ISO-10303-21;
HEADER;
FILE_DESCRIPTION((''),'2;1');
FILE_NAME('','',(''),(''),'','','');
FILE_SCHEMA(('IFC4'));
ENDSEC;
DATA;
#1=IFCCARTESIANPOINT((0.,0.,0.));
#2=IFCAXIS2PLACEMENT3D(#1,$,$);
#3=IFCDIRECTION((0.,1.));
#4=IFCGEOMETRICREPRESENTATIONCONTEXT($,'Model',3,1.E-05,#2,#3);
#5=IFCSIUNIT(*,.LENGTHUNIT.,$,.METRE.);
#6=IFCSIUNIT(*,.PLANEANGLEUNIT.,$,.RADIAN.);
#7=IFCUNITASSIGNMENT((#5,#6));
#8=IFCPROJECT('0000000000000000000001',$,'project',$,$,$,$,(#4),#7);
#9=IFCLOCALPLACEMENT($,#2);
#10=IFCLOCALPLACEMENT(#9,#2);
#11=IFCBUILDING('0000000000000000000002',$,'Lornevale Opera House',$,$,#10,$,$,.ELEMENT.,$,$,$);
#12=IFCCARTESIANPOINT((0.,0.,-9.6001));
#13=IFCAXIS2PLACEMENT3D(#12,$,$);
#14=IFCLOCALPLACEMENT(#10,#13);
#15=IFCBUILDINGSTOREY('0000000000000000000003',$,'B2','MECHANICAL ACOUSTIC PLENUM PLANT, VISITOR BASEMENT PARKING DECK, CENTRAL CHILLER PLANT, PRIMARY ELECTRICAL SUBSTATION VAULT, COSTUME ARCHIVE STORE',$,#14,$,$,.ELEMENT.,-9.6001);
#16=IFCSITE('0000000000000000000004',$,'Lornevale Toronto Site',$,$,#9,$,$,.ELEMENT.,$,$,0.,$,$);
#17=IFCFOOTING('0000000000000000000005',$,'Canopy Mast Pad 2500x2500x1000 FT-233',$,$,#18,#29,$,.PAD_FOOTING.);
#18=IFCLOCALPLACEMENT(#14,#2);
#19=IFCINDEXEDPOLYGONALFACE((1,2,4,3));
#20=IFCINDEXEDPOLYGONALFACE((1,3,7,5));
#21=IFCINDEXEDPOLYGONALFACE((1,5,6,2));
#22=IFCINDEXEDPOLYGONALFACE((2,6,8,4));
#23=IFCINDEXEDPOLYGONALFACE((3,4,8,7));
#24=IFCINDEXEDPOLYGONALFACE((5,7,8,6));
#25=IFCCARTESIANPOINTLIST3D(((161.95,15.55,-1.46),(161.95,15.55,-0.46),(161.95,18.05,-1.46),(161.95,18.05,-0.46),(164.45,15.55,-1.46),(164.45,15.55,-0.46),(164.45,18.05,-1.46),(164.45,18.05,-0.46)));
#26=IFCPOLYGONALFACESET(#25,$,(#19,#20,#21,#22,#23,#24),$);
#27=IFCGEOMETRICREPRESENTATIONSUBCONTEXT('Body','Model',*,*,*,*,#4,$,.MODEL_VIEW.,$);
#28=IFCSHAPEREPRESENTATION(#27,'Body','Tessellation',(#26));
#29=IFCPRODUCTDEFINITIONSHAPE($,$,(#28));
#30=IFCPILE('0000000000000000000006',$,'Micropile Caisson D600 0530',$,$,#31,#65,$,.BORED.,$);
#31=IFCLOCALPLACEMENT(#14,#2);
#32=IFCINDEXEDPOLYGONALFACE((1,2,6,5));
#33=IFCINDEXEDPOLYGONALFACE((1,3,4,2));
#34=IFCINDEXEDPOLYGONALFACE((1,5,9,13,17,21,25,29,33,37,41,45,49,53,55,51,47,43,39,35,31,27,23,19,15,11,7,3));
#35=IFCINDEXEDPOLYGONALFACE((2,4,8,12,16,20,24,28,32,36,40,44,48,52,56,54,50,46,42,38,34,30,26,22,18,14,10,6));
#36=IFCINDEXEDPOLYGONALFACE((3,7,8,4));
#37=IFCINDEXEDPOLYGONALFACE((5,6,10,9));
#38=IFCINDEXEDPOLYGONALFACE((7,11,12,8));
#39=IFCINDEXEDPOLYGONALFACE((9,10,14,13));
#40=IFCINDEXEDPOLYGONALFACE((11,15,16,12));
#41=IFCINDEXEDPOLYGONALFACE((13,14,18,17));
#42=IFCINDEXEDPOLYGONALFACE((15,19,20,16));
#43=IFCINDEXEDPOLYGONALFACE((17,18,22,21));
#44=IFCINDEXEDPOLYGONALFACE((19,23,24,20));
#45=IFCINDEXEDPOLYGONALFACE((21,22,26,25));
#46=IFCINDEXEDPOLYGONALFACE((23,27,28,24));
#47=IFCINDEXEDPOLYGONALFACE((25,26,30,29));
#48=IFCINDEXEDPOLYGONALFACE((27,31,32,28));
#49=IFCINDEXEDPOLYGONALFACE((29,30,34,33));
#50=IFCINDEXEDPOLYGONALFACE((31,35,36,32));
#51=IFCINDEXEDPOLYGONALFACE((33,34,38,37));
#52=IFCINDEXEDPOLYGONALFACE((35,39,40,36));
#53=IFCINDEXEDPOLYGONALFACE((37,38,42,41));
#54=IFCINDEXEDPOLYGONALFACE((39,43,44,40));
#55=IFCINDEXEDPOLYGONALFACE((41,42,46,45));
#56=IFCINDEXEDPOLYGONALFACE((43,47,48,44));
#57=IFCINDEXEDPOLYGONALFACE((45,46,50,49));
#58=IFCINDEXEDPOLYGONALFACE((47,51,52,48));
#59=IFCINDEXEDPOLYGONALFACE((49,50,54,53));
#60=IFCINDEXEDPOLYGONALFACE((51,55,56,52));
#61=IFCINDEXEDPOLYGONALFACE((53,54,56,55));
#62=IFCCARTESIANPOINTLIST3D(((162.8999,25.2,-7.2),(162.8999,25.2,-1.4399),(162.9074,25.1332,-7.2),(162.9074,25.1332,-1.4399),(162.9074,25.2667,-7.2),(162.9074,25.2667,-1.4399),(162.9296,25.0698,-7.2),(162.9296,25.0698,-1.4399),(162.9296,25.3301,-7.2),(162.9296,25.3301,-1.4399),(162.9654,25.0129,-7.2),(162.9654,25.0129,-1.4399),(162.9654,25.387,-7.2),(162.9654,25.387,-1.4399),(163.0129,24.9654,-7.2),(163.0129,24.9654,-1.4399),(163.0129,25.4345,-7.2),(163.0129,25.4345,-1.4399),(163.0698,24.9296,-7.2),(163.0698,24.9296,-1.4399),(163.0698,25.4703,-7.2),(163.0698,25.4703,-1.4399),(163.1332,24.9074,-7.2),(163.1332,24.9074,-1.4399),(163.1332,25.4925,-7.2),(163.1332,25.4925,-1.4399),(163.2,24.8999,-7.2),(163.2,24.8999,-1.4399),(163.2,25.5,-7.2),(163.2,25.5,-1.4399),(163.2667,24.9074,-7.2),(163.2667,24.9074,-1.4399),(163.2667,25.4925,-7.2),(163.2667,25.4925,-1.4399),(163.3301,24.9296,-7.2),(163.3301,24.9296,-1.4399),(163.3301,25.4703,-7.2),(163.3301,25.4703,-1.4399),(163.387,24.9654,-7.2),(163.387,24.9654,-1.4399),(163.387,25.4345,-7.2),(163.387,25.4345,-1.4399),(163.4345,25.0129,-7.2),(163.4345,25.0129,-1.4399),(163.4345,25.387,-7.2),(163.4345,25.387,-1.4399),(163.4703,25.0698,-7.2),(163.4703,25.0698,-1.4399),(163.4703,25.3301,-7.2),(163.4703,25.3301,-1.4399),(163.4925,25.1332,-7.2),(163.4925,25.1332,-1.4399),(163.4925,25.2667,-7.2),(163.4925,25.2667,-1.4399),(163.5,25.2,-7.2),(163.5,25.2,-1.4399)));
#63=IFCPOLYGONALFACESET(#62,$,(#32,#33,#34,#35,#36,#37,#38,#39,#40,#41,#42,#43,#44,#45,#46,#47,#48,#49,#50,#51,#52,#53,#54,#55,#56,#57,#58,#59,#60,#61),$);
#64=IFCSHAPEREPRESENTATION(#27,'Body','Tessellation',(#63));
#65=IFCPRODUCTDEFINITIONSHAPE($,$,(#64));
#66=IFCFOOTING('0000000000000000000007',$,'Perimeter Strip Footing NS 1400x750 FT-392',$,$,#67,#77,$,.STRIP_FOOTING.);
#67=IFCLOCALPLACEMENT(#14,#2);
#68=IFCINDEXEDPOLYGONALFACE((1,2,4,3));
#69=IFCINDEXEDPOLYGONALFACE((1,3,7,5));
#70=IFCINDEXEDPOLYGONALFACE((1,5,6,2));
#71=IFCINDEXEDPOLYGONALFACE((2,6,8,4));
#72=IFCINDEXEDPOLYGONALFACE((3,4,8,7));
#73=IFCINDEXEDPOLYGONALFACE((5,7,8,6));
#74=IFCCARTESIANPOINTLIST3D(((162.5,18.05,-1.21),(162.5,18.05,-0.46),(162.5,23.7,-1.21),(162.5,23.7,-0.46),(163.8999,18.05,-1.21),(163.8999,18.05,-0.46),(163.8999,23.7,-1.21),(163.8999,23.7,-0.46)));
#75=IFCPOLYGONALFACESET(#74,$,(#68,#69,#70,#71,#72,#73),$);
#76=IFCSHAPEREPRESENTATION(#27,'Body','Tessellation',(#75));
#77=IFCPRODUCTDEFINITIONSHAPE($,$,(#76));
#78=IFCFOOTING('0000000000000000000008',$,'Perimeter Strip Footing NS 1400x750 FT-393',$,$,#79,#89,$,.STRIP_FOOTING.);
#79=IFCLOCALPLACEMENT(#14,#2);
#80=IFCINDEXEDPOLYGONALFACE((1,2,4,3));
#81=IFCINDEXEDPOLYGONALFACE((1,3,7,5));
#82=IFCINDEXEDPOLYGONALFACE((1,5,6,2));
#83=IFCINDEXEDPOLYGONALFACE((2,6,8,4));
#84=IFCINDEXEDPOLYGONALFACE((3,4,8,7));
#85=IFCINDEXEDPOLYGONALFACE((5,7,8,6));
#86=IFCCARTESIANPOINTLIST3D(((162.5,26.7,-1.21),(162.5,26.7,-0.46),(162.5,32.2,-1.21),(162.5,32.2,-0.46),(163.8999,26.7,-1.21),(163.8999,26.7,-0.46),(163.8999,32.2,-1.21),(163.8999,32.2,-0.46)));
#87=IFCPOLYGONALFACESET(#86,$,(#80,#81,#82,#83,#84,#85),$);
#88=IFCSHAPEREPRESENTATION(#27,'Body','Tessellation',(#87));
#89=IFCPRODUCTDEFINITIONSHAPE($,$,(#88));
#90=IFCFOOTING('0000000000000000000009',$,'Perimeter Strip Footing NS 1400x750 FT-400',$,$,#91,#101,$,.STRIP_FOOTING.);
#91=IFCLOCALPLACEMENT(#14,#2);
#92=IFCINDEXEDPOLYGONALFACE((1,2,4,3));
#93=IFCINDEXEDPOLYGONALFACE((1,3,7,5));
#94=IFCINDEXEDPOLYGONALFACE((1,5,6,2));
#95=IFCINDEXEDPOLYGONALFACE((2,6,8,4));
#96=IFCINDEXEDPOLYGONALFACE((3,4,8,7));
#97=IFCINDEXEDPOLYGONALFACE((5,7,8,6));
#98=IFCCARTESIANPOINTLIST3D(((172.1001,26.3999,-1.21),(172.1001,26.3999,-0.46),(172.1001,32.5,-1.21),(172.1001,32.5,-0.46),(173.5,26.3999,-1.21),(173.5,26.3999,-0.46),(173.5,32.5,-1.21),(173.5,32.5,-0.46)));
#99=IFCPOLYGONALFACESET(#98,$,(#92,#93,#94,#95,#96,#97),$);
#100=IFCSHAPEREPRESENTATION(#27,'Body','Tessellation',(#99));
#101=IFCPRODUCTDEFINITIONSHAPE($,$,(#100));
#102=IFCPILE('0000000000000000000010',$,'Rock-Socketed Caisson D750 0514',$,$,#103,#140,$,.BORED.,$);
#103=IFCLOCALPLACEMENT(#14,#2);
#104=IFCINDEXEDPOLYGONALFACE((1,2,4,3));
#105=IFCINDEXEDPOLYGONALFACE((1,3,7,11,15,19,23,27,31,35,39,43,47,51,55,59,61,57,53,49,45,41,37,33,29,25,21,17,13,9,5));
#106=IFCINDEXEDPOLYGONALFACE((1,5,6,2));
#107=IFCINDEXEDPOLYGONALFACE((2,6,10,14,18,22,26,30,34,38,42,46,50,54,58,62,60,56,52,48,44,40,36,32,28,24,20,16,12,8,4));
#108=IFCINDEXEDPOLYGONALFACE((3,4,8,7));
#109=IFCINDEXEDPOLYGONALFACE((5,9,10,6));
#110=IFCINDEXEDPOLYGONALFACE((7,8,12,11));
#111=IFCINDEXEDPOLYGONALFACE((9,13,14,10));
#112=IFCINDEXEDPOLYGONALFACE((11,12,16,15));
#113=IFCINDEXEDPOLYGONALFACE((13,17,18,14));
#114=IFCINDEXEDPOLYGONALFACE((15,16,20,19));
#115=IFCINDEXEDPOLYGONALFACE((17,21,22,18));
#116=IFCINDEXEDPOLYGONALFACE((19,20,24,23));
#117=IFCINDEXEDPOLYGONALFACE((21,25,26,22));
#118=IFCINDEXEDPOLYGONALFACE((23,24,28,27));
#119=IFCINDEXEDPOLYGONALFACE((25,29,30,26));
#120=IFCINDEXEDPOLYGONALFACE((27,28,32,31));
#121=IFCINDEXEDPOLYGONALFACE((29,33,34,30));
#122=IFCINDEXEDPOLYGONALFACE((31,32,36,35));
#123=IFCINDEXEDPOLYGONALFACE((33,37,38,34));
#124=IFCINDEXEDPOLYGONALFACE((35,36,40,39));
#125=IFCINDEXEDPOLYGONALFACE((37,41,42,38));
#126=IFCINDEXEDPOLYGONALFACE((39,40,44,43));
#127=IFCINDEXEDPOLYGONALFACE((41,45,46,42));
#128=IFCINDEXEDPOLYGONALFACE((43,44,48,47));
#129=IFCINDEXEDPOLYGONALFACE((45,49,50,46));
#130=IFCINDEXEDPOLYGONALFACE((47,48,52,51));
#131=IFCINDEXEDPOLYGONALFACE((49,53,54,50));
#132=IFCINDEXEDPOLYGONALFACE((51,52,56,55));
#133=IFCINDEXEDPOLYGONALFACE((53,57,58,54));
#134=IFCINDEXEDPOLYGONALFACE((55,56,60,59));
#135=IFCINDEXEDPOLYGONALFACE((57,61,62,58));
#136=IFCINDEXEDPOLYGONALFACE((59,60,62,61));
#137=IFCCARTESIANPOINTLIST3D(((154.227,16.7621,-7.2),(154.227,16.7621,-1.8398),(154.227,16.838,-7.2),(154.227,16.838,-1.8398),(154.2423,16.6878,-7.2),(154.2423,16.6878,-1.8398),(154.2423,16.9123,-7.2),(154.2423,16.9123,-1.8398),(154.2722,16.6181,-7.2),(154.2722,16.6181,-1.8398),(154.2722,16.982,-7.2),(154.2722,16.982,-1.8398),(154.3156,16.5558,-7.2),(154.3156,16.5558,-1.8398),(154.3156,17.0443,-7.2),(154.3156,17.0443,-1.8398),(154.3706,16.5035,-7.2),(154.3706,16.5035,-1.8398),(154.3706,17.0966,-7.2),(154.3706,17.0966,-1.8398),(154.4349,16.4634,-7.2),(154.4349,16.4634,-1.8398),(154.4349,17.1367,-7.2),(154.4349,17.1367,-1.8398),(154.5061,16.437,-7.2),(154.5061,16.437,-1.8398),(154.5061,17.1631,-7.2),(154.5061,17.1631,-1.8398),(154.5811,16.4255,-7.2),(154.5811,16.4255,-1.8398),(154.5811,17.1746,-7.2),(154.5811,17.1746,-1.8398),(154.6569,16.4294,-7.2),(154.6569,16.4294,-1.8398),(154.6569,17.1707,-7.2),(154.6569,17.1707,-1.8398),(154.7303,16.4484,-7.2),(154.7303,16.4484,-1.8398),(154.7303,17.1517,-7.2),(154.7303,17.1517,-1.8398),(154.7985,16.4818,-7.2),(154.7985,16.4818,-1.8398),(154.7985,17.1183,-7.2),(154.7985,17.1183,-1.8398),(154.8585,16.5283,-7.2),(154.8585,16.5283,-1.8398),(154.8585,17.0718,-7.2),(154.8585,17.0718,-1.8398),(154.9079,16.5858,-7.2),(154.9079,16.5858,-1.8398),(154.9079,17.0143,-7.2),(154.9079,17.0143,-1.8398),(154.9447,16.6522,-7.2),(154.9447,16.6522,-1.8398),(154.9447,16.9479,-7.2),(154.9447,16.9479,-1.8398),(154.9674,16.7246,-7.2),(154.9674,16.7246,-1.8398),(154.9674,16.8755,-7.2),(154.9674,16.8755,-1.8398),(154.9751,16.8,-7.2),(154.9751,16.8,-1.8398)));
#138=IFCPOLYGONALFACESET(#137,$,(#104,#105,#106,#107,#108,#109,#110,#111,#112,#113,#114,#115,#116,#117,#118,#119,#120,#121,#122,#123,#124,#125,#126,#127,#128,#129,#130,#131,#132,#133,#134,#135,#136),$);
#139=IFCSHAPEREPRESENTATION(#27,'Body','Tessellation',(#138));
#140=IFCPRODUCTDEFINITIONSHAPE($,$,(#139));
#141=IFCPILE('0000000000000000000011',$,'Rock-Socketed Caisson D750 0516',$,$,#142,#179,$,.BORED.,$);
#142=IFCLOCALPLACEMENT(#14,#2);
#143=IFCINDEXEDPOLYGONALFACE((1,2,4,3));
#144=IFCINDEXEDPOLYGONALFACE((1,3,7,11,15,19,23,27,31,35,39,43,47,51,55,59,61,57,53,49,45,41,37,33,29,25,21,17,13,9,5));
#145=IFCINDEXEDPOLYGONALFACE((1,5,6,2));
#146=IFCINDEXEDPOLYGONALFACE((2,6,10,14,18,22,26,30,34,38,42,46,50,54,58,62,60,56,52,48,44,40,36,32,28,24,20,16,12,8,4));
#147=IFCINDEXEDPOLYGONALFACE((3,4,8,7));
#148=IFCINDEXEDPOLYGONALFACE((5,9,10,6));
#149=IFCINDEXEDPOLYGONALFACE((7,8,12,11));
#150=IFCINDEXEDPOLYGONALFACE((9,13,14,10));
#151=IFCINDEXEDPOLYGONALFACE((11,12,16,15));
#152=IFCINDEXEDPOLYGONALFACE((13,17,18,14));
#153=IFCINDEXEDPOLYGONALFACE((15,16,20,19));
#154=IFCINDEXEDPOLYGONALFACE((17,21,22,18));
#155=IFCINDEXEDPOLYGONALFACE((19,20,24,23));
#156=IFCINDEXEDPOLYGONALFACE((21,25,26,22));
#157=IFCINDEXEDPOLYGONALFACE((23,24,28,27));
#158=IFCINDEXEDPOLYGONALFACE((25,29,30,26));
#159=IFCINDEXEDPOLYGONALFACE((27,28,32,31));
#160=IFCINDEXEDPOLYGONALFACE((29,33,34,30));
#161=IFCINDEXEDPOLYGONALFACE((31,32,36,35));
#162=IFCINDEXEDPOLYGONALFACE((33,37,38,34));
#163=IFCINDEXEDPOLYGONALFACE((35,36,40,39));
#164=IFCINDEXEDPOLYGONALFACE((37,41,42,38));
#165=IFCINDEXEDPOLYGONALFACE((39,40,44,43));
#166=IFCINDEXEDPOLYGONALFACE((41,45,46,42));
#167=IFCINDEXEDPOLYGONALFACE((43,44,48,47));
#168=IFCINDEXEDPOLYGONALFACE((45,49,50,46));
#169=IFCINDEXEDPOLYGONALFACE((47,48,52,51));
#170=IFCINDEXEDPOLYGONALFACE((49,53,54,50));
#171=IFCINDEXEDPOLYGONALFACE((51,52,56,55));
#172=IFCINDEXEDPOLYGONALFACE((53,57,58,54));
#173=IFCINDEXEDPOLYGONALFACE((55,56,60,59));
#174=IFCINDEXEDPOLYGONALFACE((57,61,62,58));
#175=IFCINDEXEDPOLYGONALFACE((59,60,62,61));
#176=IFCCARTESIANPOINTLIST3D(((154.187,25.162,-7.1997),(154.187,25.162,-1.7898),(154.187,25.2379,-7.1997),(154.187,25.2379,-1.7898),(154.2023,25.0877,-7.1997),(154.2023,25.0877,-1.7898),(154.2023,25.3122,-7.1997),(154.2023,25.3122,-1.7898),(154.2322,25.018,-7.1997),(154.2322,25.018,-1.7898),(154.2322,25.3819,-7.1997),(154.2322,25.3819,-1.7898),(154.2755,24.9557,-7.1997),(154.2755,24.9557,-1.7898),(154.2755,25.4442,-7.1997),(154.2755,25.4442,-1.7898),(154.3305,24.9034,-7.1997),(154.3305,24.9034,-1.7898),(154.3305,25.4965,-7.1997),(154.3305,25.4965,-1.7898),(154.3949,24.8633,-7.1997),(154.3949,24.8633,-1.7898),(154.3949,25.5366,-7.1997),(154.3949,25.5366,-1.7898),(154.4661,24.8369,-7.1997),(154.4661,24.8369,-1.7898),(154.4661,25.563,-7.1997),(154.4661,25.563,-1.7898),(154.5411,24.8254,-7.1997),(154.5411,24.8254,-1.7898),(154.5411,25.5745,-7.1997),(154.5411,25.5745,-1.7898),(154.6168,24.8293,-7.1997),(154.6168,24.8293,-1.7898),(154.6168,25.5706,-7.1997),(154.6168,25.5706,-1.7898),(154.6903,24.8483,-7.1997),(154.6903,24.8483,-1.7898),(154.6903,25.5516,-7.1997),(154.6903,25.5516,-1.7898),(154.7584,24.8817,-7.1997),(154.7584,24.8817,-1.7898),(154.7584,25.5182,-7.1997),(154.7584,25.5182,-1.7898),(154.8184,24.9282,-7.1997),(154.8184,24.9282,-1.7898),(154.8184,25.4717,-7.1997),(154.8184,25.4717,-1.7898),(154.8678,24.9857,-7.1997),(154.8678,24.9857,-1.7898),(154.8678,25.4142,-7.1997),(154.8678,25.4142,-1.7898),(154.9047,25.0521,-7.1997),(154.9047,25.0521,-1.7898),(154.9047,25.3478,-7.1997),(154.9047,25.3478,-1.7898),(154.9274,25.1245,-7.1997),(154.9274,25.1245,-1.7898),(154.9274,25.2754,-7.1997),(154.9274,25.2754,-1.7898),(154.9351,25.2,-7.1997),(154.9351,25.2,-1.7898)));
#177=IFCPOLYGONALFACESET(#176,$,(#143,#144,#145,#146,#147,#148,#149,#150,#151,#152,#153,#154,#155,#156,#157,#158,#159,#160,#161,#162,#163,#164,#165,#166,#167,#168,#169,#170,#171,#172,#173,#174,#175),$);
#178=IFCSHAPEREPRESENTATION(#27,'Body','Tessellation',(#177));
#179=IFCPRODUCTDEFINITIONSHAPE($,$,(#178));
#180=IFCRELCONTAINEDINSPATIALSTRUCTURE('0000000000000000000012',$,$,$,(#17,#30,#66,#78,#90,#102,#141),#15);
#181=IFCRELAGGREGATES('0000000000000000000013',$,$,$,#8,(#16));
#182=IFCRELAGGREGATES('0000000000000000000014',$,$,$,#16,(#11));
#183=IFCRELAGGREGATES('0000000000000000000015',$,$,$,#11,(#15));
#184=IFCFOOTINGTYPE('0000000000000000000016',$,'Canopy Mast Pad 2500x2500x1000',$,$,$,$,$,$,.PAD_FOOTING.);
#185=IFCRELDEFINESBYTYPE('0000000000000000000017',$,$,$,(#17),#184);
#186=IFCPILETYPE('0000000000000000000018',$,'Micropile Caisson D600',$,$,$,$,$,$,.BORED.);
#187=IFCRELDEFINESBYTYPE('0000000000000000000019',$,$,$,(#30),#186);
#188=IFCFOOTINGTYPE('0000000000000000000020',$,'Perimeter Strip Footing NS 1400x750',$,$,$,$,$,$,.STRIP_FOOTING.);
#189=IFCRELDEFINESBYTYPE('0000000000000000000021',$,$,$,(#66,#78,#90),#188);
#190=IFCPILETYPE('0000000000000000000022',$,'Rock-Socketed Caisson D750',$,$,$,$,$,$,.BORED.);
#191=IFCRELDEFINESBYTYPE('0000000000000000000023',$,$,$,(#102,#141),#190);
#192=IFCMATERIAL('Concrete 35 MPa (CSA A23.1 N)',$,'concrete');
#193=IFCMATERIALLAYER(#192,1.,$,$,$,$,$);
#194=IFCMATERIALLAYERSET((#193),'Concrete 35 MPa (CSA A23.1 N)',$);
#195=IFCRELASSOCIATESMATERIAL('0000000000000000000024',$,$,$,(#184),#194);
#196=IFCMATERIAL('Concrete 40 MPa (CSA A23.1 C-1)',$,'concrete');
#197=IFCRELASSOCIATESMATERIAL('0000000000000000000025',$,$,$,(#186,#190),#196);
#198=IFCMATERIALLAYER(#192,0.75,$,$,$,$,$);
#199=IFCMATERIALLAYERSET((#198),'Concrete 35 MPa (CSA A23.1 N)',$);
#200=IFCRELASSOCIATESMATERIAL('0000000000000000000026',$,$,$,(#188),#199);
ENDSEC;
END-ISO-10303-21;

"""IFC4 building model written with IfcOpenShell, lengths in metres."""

from ifc_helpers import new_model, si_unit, direction, frame, origin, origin_2d, place, context, subcontext, project, spatial, rectangle, circle, extrude, material, layer, layer_set, material_profile, profile_set, type_object, element, save


model = new_model("IFC4")

# Units and contexts
model_context = context("Model", 3, precision=1e-05, world=origin(), true_north=direction((0.0, 1.0)))
body_context = subcontext(model_context, "Body", "Model", "MODEL_VIEW")
ifc_project = project(units=[si_unit("LENGTHUNIT", "METRE"), si_unit("PLANEANGLEUNIT", "RADIAN")], contexts=[model_context])

# Site, building, storey
site_placement = place(None, origin())
site = spatial("IfcSite", under=ifc_project, at=site_placement, Name="Lornevale Toronto Site", CompositionType="ELEMENT", RefElevation=0.0)
building_placement = place(site_placement, origin())
building = spatial("IfcBuilding", under=site, at=building_placement, Name="Lornevale Opera House", CompositionType="ELEMENT")
storey_placement = place(building_placement, frame((0.0, 0.0, -9.6001)))
storey = spatial("IfcBuildingStorey", under=building, at=storey_placement, Name="B2", Description="MECHANICAL ACOUSTIC PLENUM PLANT, VISITOR BASEMENT PARKING DECK, CENTRAL CHILLER PLANT, PRIMARY ELECTRICAL SUBSTATION VAULT, COSTUME ARCHIVE STORE", CompositionType="ELEMENT", Elevation=-9.6001)

# Footing
ifc_material_1 = material(Name="Concrete 35 MPa (CSA A23.1 N)", Category="concrete")
ifc_layer_1 = layer(ifc_material_1, 1.0)
ifc_layer_set_1 = layer_set([ifc_layer_1], Name="Concrete 35 MPa (CSA A23.1 N)")
footing_type_1 = type_object("IfcFootingType", Name="Canopy Mast Pad 2500x2500x1000", PredefinedType="PAD_FOOTING", material=ifc_layer_set_1)
footing_1_placement = place(storey_placement, frame((163.2, 16.8, -1.46), z_axis=(0.0, 0.0, 1.0), x_axis=(1.0, 0.0, 0.0)))
element("IfcFooting", 1, at=footing_1_placement, inside=storey, type_object=footing_type_1, Name="Canopy Mast Pad 2500x2500x1000 FT-233", PredefinedType="PAD_FOOTING", context=body_context, shape_type="SweptSolid", body=[
    extrude(rectangle(XDim=2.5, YDim=2.5, at=origin_2d()), origin(), (0.0, 0.0, 1.0), 1.0),
])

# Pile
ifc_material_2 = material(Name="Concrete 40 MPa (CSA A23.1 C-1)", Category="concrete")
ifc_material_profile_1 = material_profile(ifc_material_2, circle(Radius=0.3, at=origin_2d()), Name="CAIS600")
ifc_profile_set_1 = profile_set([ifc_material_profile_1], Name="Concrete 40 MPa (CSA A23.1 C-1)")
pile_type_1 = type_object("IfcPileType", Name="Micropile Caisson D600", PredefinedType="BORED", material=ifc_profile_set_1)
pile_1_placement = place(storey_placement, frame((163.2, 25.2, -1.4399), z_axis=(0.0, 0.0, -1.0), x_axis=(1.0, 0.0, 0.0)))
element("IfcPile", 2, at=pile_1_placement, inside=storey, type_object=pile_type_1, Name="Micropile Caisson D600 0530", PredefinedType="BORED", context=body_context, shape_type="SweptSolid", body=[
    extrude(circle(Radius=0.3, at=origin_2d()), origin(), (0.0, 0.0, 1.0), 5.76),
])

# Footings
ifc_layer_2 = layer(ifc_material_1, 0.75)
ifc_layer_set_2 = layer_set([ifc_layer_2], Name="Concrete 35 MPa (CSA A23.1 N)")
footing_type_2 = type_object("IfcFootingType", Name="Perimeter Strip Footing NS 1400x750", PredefinedType="STRIP_FOOTING", material=ifc_layer_set_2)
footing_2_placement = place(storey_placement, frame((163.2, 20.875, -1.21), z_axis=(0.0, 0.0, 1.0), x_axis=(1.0, 0.0, 0.0)))
element("IfcFooting", 3, at=footing_2_placement, inside=storey, type_object=footing_type_2, Name="Perimeter Strip Footing NS 1400x750 FT-392", PredefinedType="STRIP_FOOTING", context=body_context, shape_type="SweptSolid", body=[
    extrude(rectangle(XDim=1.3999, YDim=5.6499, at=origin_2d()), origin(), (0.0, 0.0, 1.0), 0.75),
])
footing_3_placement = place(storey_placement, frame((163.2, 29.45, -1.21), z_axis=(0.0, 0.0, 1.0), x_axis=(1.0, 0.0, 0.0)))
element("IfcFooting", 4, at=footing_3_placement, inside=storey, type_object=footing_type_2, Name="Perimeter Strip Footing NS 1400x750 FT-393", PredefinedType="STRIP_FOOTING", context=body_context, shape_type="SweptSolid", body=[
    extrude(rectangle(XDim=1.3999, YDim=5.5, at=origin_2d()), origin(), (0.0, 0.0, 1.0), 0.75),
])
footing_4_placement = place(storey_placement, frame((172.8, 29.45, -1.21), z_axis=(0.0, 0.0, 1.0), x_axis=(1.0, 0.0, 0.0)))
element("IfcFooting", 5, at=footing_4_placement, inside=storey, type_object=footing_type_2, Name="Perimeter Strip Footing NS 1400x750 FT-400", PredefinedType="STRIP_FOOTING", context=body_context, shape_type="SweptSolid", body=[
    extrude(rectangle(XDim=1.3999, YDim=6.1001, at=origin_2d()), origin(), (0.0, 0.0, 1.0), 0.75),
])

# Piles
ifc_material_profile_2 = material_profile(ifc_material_2, circle(Radius=0.375, at=origin_2d()), Name="CAIS750")
ifc_profile_set_2 = profile_set([ifc_material_profile_2], Name="Concrete 40 MPa (CSA A23.1 C-1)")
pile_type_2 = type_object("IfcPileType", Name="Rock-Socketed Caisson D750", PredefinedType="BORED", material=ifc_profile_set_2)
pile_2_placement = place(storey_placement, frame((154.6001, 16.8, -1.8398), z_axis=(0.0, 0.0, -1.0), x_axis=(1.0, 0.0, 0.0)))
element("IfcPile", 6, at=pile_2_placement, inside=storey, type_object=pile_type_2, Name="Rock-Socketed Caisson D750 0514", PredefinedType="BORED", context=body_context, shape_type="SweptSolid", body=[
    extrude(circle(Radius=0.375, at=origin_2d()), origin(), (0.0, 0.0, 1.0), 5.3601),
])
pile_3_placement = place(storey_placement, frame((154.5601, 25.2, -1.7898), z_axis=(0.0, 0.0, -1.0), x_axis=(1.0, 0.0, 0.0)))
element("IfcPile", 7, at=pile_3_placement, inside=storey, type_object=pile_type_2, Name="Rock-Socketed Caisson D750 0516", PredefinedType="BORED", context=body_context, shape_type="SweptSolid", body=[
    extrude(circle(Radius=0.375, at=origin_2d()), origin(), (0.0, 0.0, 1.0), 5.4099),
])

save(model, "model.ifc")
